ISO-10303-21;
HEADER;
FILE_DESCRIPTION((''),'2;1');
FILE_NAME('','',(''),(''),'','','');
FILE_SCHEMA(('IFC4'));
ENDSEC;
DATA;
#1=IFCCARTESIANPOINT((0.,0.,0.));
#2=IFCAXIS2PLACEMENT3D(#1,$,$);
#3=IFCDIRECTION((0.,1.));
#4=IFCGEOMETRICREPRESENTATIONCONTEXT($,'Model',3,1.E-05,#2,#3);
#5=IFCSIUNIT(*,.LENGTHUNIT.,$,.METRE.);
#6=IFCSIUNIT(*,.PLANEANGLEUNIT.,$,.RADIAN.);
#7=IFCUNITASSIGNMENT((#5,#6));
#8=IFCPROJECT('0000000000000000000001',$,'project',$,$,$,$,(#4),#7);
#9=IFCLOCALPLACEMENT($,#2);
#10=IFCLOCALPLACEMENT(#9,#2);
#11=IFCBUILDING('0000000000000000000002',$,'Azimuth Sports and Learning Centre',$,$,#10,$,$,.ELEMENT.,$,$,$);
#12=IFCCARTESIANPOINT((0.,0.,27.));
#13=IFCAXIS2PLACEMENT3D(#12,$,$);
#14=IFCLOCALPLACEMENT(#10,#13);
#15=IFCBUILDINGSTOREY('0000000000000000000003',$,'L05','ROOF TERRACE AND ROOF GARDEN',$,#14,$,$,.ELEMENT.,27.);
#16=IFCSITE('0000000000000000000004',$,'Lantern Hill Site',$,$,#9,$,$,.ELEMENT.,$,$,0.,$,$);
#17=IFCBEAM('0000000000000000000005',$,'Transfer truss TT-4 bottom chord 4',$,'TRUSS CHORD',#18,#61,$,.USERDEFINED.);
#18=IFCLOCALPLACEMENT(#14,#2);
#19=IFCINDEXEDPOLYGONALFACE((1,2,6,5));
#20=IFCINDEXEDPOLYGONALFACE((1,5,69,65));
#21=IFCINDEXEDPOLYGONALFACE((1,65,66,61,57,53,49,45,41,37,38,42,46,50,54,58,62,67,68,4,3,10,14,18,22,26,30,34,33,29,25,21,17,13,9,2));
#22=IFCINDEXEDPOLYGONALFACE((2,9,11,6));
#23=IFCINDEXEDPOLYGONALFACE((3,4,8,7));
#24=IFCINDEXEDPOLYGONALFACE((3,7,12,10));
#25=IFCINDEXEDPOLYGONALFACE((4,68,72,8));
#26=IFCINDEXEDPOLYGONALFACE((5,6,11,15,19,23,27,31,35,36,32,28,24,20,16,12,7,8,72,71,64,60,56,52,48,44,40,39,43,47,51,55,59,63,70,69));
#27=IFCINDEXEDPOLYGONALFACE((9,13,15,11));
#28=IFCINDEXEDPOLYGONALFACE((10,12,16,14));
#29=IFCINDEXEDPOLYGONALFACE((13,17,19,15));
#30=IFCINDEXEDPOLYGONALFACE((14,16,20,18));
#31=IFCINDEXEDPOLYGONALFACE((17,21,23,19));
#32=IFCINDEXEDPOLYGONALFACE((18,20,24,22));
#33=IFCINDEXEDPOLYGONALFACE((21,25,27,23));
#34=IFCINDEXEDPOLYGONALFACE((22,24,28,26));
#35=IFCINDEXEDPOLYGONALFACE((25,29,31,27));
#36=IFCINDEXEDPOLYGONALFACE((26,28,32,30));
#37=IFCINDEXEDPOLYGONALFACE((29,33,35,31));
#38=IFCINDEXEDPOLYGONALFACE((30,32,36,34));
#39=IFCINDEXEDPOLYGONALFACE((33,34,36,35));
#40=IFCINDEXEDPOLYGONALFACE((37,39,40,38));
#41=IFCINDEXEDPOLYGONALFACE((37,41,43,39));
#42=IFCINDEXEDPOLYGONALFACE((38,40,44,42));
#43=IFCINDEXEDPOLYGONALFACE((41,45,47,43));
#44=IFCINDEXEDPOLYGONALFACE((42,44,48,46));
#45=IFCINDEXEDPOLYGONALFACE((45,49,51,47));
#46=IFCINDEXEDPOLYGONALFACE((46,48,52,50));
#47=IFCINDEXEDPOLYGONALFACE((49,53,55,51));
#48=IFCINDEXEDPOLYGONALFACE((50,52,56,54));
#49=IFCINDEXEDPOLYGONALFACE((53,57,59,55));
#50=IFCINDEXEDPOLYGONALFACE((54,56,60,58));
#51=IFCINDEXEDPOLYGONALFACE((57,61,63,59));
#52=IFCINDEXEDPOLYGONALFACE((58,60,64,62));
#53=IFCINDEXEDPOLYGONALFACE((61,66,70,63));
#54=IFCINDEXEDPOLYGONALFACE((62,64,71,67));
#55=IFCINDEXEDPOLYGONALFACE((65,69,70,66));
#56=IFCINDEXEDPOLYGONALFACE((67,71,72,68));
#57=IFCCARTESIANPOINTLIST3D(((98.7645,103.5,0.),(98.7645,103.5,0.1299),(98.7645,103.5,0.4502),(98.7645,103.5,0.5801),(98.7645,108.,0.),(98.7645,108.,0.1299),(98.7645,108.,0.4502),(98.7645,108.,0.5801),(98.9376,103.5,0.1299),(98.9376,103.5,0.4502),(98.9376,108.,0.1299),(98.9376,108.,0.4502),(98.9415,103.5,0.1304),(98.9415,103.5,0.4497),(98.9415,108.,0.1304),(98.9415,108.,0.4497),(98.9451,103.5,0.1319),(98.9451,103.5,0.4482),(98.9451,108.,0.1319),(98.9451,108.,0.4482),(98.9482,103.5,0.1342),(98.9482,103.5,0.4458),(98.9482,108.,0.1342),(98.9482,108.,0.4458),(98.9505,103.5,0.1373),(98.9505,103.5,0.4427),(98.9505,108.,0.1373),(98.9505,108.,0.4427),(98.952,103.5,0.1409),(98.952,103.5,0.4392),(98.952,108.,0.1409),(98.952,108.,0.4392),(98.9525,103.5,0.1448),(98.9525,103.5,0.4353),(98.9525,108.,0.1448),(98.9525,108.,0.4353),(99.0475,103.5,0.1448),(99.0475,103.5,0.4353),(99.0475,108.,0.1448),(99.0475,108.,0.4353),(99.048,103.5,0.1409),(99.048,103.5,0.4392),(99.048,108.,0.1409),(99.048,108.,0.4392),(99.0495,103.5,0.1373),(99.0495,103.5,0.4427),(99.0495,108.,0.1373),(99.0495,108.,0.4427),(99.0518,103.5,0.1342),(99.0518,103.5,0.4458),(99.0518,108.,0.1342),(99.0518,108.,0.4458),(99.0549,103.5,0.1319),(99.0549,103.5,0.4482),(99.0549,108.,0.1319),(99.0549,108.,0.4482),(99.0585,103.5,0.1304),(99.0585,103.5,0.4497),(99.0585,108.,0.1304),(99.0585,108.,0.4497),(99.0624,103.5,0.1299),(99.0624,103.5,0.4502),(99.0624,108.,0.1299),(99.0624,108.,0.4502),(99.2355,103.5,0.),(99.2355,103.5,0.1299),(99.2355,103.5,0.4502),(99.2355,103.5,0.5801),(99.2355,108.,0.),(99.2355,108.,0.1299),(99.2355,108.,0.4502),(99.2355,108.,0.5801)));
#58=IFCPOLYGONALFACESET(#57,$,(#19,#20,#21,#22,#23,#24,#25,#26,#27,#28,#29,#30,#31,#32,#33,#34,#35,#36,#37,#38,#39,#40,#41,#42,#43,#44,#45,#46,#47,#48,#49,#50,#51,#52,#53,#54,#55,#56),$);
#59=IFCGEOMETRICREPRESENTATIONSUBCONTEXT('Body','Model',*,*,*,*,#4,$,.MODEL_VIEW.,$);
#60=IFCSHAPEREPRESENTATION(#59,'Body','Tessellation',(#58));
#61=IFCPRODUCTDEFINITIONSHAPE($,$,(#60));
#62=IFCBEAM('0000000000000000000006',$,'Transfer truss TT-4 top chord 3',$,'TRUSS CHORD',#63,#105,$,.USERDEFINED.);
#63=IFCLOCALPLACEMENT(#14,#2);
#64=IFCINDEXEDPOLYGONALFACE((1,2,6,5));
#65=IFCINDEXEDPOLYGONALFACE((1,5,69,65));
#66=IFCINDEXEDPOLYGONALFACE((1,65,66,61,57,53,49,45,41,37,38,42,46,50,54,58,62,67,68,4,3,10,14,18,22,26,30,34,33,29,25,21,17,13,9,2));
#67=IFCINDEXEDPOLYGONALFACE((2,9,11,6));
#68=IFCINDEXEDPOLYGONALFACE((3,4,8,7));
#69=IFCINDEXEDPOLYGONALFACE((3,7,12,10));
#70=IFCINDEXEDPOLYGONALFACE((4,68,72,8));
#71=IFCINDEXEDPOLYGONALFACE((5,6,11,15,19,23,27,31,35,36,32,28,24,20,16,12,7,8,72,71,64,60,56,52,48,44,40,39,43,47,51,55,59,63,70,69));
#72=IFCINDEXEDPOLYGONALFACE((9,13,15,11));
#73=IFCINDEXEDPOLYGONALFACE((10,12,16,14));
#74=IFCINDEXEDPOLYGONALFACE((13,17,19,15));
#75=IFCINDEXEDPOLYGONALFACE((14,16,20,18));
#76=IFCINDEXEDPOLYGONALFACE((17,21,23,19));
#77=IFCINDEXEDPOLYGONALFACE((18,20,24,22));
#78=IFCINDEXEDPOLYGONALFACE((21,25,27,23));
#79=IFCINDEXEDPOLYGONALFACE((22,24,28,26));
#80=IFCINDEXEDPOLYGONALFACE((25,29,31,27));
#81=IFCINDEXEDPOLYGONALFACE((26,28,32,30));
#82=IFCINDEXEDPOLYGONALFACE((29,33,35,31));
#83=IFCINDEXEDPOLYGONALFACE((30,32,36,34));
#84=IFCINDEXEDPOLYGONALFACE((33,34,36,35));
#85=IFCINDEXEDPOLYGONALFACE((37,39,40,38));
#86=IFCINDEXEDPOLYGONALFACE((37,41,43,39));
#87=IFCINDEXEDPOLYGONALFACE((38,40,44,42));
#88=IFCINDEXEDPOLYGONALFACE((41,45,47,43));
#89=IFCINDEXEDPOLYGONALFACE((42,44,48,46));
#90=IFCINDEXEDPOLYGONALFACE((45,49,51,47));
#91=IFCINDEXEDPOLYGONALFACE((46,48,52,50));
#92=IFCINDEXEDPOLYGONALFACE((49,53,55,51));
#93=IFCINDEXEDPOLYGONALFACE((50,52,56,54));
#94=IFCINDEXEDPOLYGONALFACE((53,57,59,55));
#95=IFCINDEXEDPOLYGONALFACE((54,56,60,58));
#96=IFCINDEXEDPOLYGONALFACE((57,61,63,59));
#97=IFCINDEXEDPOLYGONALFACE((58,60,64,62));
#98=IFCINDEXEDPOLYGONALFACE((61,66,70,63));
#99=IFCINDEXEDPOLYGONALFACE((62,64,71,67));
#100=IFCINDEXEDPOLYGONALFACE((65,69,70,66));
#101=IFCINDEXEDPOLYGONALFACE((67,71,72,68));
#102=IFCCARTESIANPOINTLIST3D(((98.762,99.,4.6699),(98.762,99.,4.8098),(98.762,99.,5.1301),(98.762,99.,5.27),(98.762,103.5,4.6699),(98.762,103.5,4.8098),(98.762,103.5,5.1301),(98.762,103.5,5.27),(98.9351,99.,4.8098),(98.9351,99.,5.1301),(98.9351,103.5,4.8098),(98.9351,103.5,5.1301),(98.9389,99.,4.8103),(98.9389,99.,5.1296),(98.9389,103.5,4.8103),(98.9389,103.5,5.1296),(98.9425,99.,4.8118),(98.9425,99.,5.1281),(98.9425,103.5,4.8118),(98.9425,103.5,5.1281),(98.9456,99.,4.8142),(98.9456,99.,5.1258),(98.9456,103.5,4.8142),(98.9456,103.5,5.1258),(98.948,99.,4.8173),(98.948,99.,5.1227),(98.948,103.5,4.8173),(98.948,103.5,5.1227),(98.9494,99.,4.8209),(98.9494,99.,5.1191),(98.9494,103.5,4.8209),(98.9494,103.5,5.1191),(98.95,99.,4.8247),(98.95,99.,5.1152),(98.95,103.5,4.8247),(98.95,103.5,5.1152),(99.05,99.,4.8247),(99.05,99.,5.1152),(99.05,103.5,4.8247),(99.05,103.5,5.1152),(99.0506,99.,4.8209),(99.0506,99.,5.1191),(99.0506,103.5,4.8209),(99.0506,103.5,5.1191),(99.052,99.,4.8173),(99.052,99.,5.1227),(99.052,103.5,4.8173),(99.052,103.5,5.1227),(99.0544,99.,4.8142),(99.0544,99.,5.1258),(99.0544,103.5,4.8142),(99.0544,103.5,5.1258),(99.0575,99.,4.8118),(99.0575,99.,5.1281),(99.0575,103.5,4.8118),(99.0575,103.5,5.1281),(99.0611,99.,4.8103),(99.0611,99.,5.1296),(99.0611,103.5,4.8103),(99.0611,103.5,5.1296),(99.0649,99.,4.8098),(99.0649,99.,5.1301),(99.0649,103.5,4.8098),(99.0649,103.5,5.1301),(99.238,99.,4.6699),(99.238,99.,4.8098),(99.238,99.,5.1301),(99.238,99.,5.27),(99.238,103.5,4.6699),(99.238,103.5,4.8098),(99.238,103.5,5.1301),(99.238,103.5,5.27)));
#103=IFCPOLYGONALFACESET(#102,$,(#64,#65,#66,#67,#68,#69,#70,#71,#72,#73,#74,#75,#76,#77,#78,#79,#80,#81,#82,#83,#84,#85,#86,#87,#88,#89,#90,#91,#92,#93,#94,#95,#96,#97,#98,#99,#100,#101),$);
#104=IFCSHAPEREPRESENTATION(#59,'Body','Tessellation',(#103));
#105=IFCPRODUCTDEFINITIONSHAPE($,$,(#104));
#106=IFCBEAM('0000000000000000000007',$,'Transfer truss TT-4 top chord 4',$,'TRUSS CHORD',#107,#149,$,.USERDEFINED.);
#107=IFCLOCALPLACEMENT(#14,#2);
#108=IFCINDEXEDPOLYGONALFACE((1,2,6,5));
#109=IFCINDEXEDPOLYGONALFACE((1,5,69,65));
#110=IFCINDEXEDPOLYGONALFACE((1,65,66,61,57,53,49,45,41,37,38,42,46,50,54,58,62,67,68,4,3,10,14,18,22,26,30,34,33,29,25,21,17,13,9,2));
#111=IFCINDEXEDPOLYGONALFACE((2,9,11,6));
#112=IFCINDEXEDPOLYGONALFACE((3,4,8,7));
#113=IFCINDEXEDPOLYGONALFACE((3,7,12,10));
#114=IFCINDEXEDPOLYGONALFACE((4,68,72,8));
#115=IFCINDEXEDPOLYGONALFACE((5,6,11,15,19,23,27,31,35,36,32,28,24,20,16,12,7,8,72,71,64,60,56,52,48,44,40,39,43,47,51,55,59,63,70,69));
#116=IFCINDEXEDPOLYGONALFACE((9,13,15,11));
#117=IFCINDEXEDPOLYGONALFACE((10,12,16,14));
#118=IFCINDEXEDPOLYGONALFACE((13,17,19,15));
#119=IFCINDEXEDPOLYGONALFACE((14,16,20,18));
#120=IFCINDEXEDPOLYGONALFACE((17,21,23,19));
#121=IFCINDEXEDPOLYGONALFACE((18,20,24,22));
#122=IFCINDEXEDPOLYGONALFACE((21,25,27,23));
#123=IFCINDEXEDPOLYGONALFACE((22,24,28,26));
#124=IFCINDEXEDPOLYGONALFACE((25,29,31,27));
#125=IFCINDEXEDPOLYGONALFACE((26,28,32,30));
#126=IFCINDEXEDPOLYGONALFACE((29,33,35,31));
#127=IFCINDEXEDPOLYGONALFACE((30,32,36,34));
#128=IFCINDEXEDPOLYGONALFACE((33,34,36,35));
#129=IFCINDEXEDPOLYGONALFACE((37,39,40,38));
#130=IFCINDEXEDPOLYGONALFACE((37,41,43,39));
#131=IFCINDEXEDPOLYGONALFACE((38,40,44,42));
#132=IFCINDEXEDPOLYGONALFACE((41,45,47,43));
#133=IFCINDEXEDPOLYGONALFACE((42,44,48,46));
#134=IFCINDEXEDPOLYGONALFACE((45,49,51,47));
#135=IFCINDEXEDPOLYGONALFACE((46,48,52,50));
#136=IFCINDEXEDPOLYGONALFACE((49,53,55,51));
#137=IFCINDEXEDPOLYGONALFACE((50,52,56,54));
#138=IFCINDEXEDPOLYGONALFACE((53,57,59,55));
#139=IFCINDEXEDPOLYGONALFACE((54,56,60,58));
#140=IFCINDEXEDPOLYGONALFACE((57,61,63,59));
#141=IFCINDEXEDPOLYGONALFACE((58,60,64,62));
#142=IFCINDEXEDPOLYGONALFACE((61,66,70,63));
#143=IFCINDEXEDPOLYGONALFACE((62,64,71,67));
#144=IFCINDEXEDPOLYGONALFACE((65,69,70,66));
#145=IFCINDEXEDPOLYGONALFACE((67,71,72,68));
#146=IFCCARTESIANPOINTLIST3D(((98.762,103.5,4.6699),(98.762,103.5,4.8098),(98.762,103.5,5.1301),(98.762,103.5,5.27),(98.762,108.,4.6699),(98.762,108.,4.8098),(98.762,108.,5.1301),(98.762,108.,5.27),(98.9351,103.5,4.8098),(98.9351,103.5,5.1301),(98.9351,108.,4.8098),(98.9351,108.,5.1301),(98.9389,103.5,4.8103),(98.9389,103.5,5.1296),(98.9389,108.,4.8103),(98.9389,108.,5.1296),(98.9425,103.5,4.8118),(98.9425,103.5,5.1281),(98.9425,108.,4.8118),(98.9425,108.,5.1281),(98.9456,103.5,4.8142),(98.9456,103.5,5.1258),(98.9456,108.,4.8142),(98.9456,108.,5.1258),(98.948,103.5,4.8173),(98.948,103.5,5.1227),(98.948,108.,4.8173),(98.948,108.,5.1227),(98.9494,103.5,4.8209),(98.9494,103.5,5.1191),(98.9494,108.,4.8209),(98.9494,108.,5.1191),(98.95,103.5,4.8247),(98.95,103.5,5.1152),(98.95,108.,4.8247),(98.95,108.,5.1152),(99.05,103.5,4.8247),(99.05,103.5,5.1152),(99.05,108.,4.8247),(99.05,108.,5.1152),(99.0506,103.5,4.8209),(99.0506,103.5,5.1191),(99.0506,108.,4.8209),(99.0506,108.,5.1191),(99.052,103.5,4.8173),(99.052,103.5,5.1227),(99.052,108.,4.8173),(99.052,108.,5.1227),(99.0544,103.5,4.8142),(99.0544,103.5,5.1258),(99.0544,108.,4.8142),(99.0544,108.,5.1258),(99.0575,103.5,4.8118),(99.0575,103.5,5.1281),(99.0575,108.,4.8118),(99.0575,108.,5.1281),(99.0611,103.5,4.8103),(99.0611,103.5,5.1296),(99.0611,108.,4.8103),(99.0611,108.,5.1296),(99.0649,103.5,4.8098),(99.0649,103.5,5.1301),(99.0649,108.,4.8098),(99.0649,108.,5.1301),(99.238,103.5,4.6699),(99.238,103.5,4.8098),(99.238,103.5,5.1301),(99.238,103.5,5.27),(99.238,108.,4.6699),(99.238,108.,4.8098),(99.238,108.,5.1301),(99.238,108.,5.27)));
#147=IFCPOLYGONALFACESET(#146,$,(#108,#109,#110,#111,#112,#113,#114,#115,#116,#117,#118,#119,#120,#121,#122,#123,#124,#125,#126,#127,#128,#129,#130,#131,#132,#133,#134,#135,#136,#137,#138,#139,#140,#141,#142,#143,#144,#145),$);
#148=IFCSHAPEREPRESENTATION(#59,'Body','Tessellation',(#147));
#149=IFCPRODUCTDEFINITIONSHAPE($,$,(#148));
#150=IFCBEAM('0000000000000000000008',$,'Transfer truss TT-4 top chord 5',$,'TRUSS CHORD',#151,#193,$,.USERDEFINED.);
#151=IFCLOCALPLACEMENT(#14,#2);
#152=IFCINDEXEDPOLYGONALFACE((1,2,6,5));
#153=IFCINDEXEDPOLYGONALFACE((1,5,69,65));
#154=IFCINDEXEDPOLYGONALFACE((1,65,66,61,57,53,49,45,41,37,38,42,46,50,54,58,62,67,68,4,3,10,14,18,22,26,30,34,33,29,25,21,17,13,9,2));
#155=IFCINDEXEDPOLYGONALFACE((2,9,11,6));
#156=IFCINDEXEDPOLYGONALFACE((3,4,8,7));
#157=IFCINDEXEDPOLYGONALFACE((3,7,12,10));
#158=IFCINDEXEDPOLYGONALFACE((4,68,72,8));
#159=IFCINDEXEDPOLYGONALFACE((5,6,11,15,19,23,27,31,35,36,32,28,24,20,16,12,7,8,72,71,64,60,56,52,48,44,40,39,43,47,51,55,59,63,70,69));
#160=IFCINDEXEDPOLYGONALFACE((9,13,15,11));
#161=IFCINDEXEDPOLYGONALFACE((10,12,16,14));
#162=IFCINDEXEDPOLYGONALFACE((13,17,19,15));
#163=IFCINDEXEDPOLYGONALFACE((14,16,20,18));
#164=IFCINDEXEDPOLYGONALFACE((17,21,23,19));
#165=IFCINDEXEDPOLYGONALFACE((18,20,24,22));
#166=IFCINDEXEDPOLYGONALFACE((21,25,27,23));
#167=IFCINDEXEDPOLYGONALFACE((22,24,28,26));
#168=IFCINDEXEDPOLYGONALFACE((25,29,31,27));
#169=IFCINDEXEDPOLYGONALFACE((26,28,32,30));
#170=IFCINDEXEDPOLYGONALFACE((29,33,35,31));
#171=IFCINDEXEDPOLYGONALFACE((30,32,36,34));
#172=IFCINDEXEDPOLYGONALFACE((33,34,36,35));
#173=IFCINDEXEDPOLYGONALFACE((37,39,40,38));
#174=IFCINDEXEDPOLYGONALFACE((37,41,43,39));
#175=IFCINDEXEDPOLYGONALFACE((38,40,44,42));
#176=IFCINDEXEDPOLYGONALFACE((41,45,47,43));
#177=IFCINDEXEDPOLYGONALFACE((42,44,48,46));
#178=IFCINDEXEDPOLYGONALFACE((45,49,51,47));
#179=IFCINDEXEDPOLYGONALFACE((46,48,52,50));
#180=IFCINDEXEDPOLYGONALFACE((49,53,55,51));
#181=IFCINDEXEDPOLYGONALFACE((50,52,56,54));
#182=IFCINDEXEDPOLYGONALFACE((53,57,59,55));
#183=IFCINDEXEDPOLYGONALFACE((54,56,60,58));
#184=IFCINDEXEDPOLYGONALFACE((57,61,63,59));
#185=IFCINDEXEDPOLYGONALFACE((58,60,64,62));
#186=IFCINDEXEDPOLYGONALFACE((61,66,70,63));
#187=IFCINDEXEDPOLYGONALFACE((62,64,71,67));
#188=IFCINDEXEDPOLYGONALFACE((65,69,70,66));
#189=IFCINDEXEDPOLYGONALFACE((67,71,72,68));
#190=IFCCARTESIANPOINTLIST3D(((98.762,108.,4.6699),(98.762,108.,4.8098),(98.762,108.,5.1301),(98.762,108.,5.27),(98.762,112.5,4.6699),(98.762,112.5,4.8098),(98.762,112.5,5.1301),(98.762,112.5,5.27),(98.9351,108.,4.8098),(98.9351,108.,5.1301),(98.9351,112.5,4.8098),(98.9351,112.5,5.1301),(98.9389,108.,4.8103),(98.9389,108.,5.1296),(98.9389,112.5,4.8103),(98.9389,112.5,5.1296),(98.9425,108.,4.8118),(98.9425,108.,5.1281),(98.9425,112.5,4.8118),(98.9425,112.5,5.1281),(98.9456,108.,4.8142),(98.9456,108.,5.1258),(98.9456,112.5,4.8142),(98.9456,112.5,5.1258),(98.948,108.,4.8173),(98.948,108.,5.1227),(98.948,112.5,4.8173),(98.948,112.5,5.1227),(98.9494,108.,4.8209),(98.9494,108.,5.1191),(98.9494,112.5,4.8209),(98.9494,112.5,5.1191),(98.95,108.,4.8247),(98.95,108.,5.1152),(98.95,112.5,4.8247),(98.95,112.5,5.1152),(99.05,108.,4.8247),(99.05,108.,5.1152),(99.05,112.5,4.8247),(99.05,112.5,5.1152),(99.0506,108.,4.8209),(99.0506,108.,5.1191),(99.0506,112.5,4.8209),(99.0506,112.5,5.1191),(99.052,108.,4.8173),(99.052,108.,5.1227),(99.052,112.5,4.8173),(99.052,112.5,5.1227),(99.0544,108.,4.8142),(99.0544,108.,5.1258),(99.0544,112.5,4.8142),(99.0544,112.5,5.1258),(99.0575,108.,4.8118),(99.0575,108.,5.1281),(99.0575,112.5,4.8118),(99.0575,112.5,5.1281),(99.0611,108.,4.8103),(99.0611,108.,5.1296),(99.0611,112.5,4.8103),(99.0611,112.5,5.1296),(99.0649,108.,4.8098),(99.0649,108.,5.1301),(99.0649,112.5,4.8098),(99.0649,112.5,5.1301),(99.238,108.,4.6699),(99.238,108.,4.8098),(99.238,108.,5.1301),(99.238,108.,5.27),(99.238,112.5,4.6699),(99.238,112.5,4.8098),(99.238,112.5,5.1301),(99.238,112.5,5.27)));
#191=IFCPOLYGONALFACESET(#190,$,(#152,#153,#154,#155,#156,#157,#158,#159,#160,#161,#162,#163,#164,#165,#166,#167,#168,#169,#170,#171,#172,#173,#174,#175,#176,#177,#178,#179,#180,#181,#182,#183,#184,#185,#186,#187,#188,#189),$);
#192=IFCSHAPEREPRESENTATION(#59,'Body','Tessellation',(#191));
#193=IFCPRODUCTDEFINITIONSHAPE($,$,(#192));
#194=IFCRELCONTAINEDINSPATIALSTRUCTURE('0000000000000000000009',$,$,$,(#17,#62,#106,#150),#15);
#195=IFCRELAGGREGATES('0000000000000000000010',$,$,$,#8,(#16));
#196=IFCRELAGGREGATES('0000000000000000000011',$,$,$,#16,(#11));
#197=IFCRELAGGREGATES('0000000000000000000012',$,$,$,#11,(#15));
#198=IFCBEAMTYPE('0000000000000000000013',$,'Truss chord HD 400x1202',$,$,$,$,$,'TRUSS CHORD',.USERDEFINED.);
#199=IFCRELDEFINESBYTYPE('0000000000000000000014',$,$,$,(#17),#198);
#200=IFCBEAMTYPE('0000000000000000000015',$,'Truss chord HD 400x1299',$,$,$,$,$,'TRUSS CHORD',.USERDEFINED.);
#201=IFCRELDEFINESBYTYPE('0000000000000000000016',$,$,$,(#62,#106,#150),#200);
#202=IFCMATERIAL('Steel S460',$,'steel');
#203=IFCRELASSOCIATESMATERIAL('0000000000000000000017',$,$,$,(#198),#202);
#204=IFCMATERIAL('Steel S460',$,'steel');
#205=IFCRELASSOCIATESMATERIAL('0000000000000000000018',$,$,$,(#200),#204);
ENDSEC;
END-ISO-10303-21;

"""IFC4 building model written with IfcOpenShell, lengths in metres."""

from ifc_helpers import new_model, si_unit, direction, frame, origin, origin_2d, place, context, subcontext, project, spatial, i_section, extrude, material, material_profile, profile_set, type_object, element, save


model = new_model("IFC4")

# Units and contexts
model_context = context("Model", 3, precision=1e-05, world=origin(), true_north=direction((0.0, 1.0)))
body_context = subcontext(model_context, "Body", "Model", "MODEL_VIEW")
ifc_project = project(units=[si_unit("LENGTHUNIT", "METRE"), si_unit("PLANEANGLEUNIT", "RADIAN")], contexts=[model_context])

# Site, building, storey
site_placement = place(None, origin())
site = spatial("IfcSite", under=ifc_project, at=site_placement, Name="Lantern Hill Site", CompositionType="ELEMENT", RefElevation=0.0)
building_placement = place(site_placement, origin())
building = spatial("IfcBuilding", under=site, at=building_placement, Name="Azimuth Sports and Learning Centre", CompositionType="ELEMENT")
storey_placement = place(building_placement, frame((0.0, 0.0, 27.0)))
storey = spatial("IfcBuildingStorey", under=building, at=storey_placement, Name="L05", Description="ROOF TERRACE AND ROOF GARDEN", CompositionType="ELEMENT", Elevation=27.0)

# Beams
ifc_material_1 = material(Name="Steel S460", Category="steel")
ifc_material_profile_1 = material_profile(ifc_material_1, i_section(OverallWidth=0.4709, OverallDepth=0.5801, WebThickness=0.095, FlangeThickness=0.1299, FilletRadius=0.0149, at=origin_2d()), Name="HD 400x1202")
ifc_profile_set_1 = profile_set([ifc_material_profile_1], Name="Steel S460")
beam_type_1 = type_object("IfcBeamType", Name="Truss chord HD 400x1202", ElementType="TRUSS CHORD", PredefinedType="USERDEFINED", material=ifc_profile_set_1)
for number, where, z_axis, x_axis, name in (
    (1, (99.0, 103.5, 0.29), (0.0, 1.0, 0.0), (-1.0, 0.0, 0.0), "Transfer truss TT-4 bottom chord 4"),
):
    element("IfcBeam", number, at=place(storey_placement, frame(where, z_axis=z_axis, x_axis=x_axis)), inside=storey, type_object=beam_type_1, Name=name, ObjectType="TRUSS CHORD", PredefinedType="USERDEFINED", context=body_context, shape_type="SweptSolid", body=[
        extrude(i_section(OverallWidth=0.4709, OverallDepth=0.5801, WebThickness=0.095, FlangeThickness=0.1299, FilletRadius=0.0149, at=origin_2d()), origin(), (0.0, 0.0, 1.0), 4.5),
    ])
ifc_material_2 = material(Name="Steel S460", Category="steel")
ifc_material_profile_2 = material_profile(ifc_material_2, i_section(OverallWidth=0.4761, OverallDepth=0.6001, WebThickness=0.1001, FlangeThickness=0.1399, FilletRadius=0.0149, at=origin_2d()), Name="HD 400x1299")
ifc_profile_set_2 = profile_set([ifc_material_profile_2], Name="Steel S460")
beam_type_2 = type_object("IfcBeamType", Name="Truss chord HD 400x1299", ElementType="TRUSS CHORD", PredefinedType="USERDEFINED", material=ifc_profile_set_2)
for number, where, z_axis, x_axis, name in (
    (2, (99.0, 99.0, 4.97), (0.0, 1.0, 0.0), (-1.0, 0.0, 0.0), "Transfer truss TT-4 top chord 3"),
    (3, (99.0, 103.5, 4.97), (0.0, 1.0, 0.0), (-1.0, 0.0, 0.0), "Transfer truss TT-4 top chord 4"),
    (4, (99.0, 108.0, 4.97), (0.0, 1.0, 0.0), (-1.0, 0.0, 0.0), "Transfer truss TT-4 top chord 5"),
):
    element("IfcBeam", number, at=place(storey_placement, frame(where, z_axis=z_axis, x_axis=x_axis)), inside=storey, type_object=beam_type_2, Name=name, ObjectType="TRUSS CHORD", PredefinedType="USERDEFINED", context=body_context, shape_type="SweptSolid", body=[
        extrude(i_section(OverallWidth=0.4761, OverallDepth=0.6001, WebThickness=0.1001, FlangeThickness=0.1399, FilletRadius=0.0149, at=origin_2d()), origin(), (0.0, 0.0, 1.0), 4.5),
    ])

save(model, "model.ifc")
